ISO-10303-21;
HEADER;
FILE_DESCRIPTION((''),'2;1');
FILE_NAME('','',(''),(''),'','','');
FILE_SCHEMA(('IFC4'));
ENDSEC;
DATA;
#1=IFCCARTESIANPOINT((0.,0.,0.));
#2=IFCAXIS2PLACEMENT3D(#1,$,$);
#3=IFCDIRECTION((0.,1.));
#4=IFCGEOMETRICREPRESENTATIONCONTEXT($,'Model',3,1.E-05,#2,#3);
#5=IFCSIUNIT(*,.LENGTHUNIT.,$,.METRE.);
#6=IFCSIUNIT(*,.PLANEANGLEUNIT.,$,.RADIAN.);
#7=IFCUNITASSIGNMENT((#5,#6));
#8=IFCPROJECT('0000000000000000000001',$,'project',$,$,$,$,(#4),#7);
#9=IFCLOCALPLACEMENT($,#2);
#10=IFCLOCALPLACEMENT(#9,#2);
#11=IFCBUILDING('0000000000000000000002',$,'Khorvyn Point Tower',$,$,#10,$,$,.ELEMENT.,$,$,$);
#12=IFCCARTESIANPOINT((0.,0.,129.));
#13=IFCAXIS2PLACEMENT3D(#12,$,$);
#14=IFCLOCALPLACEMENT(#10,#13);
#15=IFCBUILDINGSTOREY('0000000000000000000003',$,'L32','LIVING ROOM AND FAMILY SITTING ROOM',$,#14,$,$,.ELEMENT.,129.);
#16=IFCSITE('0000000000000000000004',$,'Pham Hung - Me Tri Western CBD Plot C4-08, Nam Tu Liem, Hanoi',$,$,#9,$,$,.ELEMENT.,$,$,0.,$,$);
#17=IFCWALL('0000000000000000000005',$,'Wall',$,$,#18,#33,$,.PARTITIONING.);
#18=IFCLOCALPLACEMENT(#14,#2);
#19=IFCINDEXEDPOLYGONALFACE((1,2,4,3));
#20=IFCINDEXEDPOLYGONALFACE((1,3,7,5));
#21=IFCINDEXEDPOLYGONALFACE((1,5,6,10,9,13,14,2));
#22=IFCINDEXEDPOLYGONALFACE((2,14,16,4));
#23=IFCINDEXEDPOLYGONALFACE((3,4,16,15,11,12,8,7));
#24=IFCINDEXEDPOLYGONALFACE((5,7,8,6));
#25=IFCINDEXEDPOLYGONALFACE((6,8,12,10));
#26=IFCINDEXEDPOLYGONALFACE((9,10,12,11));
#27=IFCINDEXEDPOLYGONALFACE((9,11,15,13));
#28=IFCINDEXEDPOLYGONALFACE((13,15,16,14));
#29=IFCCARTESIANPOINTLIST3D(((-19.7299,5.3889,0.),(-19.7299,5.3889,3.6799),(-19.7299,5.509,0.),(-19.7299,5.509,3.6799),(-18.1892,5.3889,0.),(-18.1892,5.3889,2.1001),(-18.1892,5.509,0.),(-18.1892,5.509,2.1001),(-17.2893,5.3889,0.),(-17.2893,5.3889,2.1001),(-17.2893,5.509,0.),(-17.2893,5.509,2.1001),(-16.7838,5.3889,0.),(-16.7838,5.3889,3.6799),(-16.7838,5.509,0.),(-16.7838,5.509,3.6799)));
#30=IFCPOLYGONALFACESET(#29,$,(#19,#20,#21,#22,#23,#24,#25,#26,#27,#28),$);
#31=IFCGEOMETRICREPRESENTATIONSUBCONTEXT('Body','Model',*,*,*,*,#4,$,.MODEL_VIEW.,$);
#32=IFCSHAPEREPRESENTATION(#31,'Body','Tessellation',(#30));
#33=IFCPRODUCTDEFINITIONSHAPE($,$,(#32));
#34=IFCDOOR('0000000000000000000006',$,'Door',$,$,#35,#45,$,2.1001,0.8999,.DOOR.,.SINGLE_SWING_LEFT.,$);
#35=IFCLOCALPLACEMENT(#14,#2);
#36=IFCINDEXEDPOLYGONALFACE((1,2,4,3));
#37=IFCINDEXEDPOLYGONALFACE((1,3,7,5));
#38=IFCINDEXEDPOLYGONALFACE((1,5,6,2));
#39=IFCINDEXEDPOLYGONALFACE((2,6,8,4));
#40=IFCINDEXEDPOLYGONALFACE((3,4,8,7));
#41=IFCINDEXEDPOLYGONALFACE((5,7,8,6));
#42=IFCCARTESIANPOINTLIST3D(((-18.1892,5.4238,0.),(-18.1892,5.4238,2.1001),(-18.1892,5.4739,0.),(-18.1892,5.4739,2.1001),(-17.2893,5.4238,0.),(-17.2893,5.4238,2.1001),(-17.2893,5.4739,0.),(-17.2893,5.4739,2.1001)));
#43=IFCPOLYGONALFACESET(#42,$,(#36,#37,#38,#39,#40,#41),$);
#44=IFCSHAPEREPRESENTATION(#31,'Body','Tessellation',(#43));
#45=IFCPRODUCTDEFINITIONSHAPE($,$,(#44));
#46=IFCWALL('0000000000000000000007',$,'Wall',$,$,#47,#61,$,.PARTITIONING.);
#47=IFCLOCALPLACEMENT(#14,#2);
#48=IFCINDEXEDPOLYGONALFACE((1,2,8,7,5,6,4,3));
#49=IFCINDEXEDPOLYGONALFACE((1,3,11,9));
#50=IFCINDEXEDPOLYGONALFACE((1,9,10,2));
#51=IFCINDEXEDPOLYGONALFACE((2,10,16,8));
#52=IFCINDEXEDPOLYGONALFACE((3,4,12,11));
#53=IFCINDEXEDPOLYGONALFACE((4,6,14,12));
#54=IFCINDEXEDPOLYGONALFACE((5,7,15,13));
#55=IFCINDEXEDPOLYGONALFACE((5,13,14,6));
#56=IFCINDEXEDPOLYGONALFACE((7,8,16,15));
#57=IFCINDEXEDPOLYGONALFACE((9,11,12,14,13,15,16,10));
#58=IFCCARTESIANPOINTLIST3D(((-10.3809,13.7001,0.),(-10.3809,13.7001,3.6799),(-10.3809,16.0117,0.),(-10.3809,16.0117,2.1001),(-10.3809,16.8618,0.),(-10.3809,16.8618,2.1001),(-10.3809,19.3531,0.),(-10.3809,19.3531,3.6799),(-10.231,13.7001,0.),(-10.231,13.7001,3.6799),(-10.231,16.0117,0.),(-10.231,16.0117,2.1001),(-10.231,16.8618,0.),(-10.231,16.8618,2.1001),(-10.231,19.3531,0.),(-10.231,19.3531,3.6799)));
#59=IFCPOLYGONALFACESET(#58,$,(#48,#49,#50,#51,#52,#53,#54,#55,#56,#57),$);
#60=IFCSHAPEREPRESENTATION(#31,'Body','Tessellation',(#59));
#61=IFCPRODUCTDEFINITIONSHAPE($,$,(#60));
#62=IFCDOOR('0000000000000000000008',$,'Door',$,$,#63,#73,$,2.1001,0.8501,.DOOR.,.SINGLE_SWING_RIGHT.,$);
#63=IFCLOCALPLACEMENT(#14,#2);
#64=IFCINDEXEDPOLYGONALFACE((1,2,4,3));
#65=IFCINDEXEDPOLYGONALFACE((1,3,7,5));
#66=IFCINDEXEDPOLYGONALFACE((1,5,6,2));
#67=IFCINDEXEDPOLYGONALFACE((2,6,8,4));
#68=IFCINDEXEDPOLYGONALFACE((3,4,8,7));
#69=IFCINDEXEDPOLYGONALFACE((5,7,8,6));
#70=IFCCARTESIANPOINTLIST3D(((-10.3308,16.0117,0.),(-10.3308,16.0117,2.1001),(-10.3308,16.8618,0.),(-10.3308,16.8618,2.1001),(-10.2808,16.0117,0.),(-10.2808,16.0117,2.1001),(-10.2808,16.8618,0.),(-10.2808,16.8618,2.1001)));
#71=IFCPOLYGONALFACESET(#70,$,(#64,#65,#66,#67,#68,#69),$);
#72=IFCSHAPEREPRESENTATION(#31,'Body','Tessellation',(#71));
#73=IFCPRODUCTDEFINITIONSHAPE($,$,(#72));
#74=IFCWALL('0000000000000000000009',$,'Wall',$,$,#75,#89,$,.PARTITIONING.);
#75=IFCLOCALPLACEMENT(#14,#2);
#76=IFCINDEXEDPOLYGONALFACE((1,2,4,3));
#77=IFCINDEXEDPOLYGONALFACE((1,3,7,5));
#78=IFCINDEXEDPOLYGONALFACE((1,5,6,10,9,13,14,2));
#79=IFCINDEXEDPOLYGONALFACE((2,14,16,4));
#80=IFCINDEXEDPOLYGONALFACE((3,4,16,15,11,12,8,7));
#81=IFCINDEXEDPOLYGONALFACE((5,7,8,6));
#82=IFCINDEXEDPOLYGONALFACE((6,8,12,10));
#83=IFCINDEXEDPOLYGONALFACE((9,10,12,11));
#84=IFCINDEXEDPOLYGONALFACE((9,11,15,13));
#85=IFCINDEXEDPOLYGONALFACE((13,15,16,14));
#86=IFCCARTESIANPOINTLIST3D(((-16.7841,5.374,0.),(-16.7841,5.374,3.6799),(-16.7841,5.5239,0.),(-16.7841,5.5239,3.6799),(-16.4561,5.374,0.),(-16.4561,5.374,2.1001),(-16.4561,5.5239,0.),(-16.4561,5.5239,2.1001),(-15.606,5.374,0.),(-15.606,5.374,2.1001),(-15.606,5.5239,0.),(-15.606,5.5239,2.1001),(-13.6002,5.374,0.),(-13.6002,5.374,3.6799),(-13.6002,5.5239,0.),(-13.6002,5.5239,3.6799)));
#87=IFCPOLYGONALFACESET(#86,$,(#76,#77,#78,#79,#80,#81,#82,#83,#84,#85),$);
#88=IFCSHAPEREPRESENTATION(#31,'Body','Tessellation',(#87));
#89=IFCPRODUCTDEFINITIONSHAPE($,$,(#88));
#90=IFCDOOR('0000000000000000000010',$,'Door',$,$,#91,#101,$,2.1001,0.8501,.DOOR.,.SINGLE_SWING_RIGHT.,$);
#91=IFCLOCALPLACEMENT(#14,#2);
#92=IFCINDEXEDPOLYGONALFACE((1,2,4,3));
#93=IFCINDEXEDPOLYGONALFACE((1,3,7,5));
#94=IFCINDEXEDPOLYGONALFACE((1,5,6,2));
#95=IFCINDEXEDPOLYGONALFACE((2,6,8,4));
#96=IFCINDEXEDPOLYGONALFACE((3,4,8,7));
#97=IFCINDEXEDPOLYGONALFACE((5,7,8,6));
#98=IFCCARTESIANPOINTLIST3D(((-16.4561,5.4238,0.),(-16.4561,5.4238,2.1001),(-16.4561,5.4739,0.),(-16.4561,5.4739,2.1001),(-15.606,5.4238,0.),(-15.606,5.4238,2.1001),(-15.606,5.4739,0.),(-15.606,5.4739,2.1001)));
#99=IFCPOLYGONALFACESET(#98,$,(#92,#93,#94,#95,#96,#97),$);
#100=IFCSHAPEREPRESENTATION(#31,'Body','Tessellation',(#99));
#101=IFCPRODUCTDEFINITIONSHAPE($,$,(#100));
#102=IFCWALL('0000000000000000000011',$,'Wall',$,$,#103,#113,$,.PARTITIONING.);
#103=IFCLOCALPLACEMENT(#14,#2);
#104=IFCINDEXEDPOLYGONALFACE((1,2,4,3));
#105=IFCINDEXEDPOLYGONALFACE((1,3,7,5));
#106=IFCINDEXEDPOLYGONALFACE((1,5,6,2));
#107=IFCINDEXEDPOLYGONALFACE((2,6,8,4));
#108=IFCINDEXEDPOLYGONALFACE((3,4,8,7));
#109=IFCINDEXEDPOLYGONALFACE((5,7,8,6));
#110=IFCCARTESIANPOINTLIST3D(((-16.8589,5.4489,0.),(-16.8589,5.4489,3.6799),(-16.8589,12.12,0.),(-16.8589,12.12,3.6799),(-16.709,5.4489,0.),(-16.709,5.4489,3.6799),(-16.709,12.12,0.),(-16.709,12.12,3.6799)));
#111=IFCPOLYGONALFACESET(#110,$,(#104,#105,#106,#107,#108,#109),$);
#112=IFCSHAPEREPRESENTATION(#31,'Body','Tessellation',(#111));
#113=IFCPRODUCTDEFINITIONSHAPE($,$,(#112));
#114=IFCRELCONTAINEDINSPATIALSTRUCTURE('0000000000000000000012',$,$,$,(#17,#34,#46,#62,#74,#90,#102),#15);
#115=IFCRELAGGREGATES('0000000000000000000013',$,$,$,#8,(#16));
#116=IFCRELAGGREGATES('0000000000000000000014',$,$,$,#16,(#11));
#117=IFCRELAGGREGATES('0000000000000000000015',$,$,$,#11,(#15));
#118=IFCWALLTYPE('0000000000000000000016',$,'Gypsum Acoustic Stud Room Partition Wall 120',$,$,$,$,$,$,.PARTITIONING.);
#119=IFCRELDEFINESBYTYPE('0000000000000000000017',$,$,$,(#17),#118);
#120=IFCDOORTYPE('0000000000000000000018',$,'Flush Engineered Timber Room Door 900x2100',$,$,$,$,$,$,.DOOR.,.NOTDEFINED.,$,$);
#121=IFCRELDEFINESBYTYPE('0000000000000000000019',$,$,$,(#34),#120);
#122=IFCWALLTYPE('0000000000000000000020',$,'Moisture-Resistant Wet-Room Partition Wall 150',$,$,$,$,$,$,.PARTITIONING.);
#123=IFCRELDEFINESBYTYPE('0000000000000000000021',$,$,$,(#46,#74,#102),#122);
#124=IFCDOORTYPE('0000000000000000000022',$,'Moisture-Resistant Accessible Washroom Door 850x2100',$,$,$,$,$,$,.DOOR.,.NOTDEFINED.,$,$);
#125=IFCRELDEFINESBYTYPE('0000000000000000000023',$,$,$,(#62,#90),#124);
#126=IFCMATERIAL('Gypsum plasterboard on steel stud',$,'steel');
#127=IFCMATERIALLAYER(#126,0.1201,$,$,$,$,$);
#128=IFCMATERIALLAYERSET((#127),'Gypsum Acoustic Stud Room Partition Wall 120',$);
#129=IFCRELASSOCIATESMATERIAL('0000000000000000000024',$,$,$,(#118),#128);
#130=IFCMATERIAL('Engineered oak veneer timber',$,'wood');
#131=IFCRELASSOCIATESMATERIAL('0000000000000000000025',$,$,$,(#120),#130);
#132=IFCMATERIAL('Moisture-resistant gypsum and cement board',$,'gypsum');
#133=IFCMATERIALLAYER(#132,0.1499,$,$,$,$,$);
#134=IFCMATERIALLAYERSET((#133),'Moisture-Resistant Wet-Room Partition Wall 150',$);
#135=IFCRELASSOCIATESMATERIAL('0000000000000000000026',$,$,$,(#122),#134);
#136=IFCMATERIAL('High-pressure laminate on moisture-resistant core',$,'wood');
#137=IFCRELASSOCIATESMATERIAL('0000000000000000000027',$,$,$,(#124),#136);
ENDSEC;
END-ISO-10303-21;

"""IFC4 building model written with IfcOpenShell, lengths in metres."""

from ifc_helpers import new_model, si_unit, direction, frame, frame_2d, origin, place, context, subcontext, project, spatial, rectangle, extrude, material, layer, layer_set, type_object, element, fill, save


model = new_model("IFC4")

# Units and contexts
model_context = context("Model", 3, precision=1e-05, world=origin(), true_north=direction((0.0, 1.0)))
body_context = subcontext(model_context, "Body", "Model", "MODEL_VIEW")
ifc_project = project(units=[si_unit("LENGTHUNIT", "METRE"), si_unit("PLANEANGLEUNIT", "RADIAN")], contexts=[model_context])

# Site, building, storey
site_placement = place(None, origin())
site = spatial("IfcSite", under=ifc_project, at=site_placement, Name="Pham Hung - Me Tri Western CBD Plot C4-08, Nam Tu Liem, Hanoi", CompositionType="ELEMENT", RefElevation=0.0)
building_placement = place(site_placement, origin())
building = spatial("IfcBuilding", under=site, at=building_placement, Name="Khorvyn Point Tower", CompositionType="ELEMENT")
storey_placement = place(building_placement, frame((0.0, 0.0, 129.0)))
storey = spatial("IfcBuildingStorey", under=building, at=storey_placement, Name="L32", Description="LIVING ROOM AND FAMILY SITTING ROOM", CompositionType="ELEMENT", Elevation=129.0)

# Walls, openings, doors
ifc_material_1 = material(Name="Gypsum plasterboard on steel stud", Category="steel")
ifc_layer_1 = layer(ifc_material_1, 0.1201)
ifc_layer_set_1 = layer_set([ifc_layer_1], Name="Gypsum Acoustic Stud Room Partition Wall 120")
wall_type_1 = type_object("IfcWallType", Name="Gypsum Acoustic Stud Room Partition Wall 120", PredefinedType="PARTITIONING", material=ifc_layer_set_1)
wall_1_placement = place(storey_placement, frame((-19.73, 5.449, 0.0), z_axis=(0.0, 0.0, 1.0), x_axis=(1.0, 0.0, 0.0)))
wall_1 = element("IfcWall", 1, at=wall_1_placement, inside=storey, type_object=wall_type_1, Name="Wall", PredefinedType="PARTITIONING", context=body_context, shape_type="SweptSolid", body=[
    extrude(rectangle(XDim=2.946, YDim=0.1201, at=frame_2d((1.4731, 0.0))), origin(), (0.0, 0.0, 1.0), 3.6799),
])
opening_1_placement = place(wall_1_placement, frame((1.5408, 0.0, 0.0)))
opening_1 = element("IfcOpeningElement", 2, at=opening_1_placement, cuts=wall_1, PredefinedType="OPENING", context=body_context, shape_type="SweptSolid", body=[
    extrude(rectangle(XDim=0.8999, YDim=2.1001, at=frame_2d((0.45, 1.05))), frame((0.0, 0.0701, 0.0), z_axis=(0.0, -1.0, 0.0), x_axis=(1.0, 0.0, 0.0)), (0.0, 0.0, 1.0), 0.1401),
])
ifc_material_2 = material(Name="Engineered oak veneer timber", Category="wood")
door_type_1 = type_object("IfcDoorType", Name="Flush Engineered Timber Room Door 900x2100", OperationType="NOTDEFINED", PredefinedType="DOOR", material=ifc_material_2)
door_1_placement = place(opening_1_placement, origin())
door_1 = element("IfcDoor", 3, at=door_1_placement, inside=storey, type_object=door_type_1, Name="Door", OperationType="SINGLE_SWING_LEFT", OverallHeight=2.1001, OverallWidth=0.8999, PredefinedType="DOOR", context=body_context, shape_type="SweptSolid", body=[
    extrude(rectangle(XDim=0.8999, YDim=2.1001, at=frame_2d((0.45, 1.05))), frame((0.0, 0.0249, 0.0), z_axis=(0.0, -1.0, 0.0), x_axis=(1.0, 0.0, 0.0)), (0.0, 0.0, 1.0), 0.05),
])
fill(opening_1, door_1)
ifc_material_3 = material(Name="Moisture-resistant gypsum and cement board", Category="gypsum")
ifc_layer_2 = layer(ifc_material_3, 0.1499)
ifc_layer_set_2 = layer_set([ifc_layer_2], Name="Moisture-Resistant Wet-Room Partition Wall 150")
wall_type_2 = type_object("IfcWallType", Name="Moisture-Resistant Wet-Room Partition Wall 150", PredefinedType="PARTITIONING", material=ifc_layer_set_2)
wall_2_placement = place(storey_placement, frame((-10.3059, 13.7, 0.0), z_axis=(0.0, 0.0, 1.0), x_axis=(0.0, 1.0, 0.0)))
wall_2 = element("IfcWall", 4, at=wall_2_placement, inside=storey, type_object=wall_type_2, Name="Wall", PredefinedType="PARTITIONING", context=body_context, shape_type="SweptSolid", body=[
    extrude(rectangle(XDim=5.6531, YDim=0.1499, at=frame_2d((2.8267, 0.0))), origin(), (0.0, 0.0, 1.0), 3.6799),
])
opening_2_placement = place(wall_2_placement, frame((2.3118, 0.0, 0.0)))
opening_2 = element("IfcOpeningElement", 5, at=opening_2_placement, cuts=wall_2, PredefinedType="OPENING", context=body_context, shape_type="SweptSolid", body=[
    extrude(rectangle(XDim=0.8501, YDim=2.1001, at=frame_2d((0.425, 1.05))), frame((0.0, 0.085, 0.0), z_axis=(0.0, -1.0, 0.0), x_axis=(1.0, 0.0, 0.0)), (0.0, 0.0, 1.0), 0.1699),
])
ifc_material_4 = material(Name="High-pressure laminate on moisture-resistant core", Category="wood")
door_type_2 = type_object("IfcDoorType", Name="Moisture-Resistant Accessible Washroom Door 850x2100", OperationType="NOTDEFINED", PredefinedType="DOOR", material=ifc_material_4)
door_2_placement = place(opening_2_placement, origin())
door_2 = element("IfcDoor", 6, at=door_2_placement, inside=storey, type_object=door_type_2, Name="Door", OperationType="SINGLE_SWING_RIGHT", OverallHeight=2.1001, OverallWidth=0.8501, PredefinedType="DOOR", context=body_context, shape_type="SweptSolid", body=[
    extrude(rectangle(XDim=0.8501, YDim=2.1001, at=frame_2d((0.425, 1.05))), frame((0.0, 0.0249, 0.0), z_axis=(0.0, -1.0, 0.0), x_axis=(1.0, 0.0, 0.0)), (0.0, 0.0, 1.0), 0.05),
])
fill(opening_2, door_2)
wall_3_placement = place(storey_placement, frame((-16.7839, 5.449, 0.0), z_axis=(0.0, 0.0, 1.0), x_axis=(1.0, 0.0, 0.0)))
wall_3 = element("IfcWall", 7, at=wall_3_placement, inside=storey, type_object=wall_type_2, Name="Wall", PredefinedType="PARTITIONING", context=body_context, shape_type="SweptSolid", body=[
    extrude(rectangle(XDim=3.1838, YDim=0.1499, at=frame_2d((1.5918, 0.0))), origin(), (0.0, 0.0, 1.0), 3.6799),
])
opening_3_placement = place(wall_3_placement, frame((0.3279, 0.0, 0.0)))
opening_3 = element("IfcOpeningElement", 8, at=opening_3_placement, cuts=wall_3, PredefinedType="OPENING", context=body_context, shape_type="SweptSolid", body=[
    extrude(rectangle(XDim=0.8501, YDim=2.1001, at=frame_2d((0.425, 1.05))), frame((0.0, 0.085, 0.0), z_axis=(0.0, -1.0, 0.0), x_axis=(1.0, 0.0, 0.0)), (0.0, 0.0, 1.0), 0.1699),
])
door_3_placement = place(opening_3_placement, origin())
door_3 = element("IfcDoor", 9, at=door_3_placement, inside=storey, type_object=door_type_2, Name="Door", OperationType="SINGLE_SWING_RIGHT", OverallHeight=2.1001, OverallWidth=0.8501, PredefinedType="DOOR", context=body_context, shape_type="SweptSolid", body=[
    extrude(rectangle(XDim=0.8501, YDim=2.1001, at=frame_2d((0.425, 1.05))), frame((0.0, 0.0249, 0.0), z_axis=(0.0, -1.0, 0.0), x_axis=(1.0, 0.0, 0.0)), (0.0, 0.0, 1.0), 0.05),
])
fill(opening_3, door_3)

# Wall
wall_4_placement = place(storey_placement, frame((-16.7839, 5.449, 0.0), z_axis=(0.0, 0.0, 1.0), x_axis=(0.0, 1.0, 0.0)))
element("IfcWall", 10, at=wall_4_placement, inside=storey, type_object=wall_type_2, Name="Wall", PredefinedType="PARTITIONING", context=body_context, shape_type="SweptSolid", body=[
    extrude(rectangle(XDim=6.6711, YDim=0.1499, at=frame_2d((3.3354, 0.0))), origin(), (0.0, 0.0, 1.0), 3.6799),
])

save(model, "model.ifc")
